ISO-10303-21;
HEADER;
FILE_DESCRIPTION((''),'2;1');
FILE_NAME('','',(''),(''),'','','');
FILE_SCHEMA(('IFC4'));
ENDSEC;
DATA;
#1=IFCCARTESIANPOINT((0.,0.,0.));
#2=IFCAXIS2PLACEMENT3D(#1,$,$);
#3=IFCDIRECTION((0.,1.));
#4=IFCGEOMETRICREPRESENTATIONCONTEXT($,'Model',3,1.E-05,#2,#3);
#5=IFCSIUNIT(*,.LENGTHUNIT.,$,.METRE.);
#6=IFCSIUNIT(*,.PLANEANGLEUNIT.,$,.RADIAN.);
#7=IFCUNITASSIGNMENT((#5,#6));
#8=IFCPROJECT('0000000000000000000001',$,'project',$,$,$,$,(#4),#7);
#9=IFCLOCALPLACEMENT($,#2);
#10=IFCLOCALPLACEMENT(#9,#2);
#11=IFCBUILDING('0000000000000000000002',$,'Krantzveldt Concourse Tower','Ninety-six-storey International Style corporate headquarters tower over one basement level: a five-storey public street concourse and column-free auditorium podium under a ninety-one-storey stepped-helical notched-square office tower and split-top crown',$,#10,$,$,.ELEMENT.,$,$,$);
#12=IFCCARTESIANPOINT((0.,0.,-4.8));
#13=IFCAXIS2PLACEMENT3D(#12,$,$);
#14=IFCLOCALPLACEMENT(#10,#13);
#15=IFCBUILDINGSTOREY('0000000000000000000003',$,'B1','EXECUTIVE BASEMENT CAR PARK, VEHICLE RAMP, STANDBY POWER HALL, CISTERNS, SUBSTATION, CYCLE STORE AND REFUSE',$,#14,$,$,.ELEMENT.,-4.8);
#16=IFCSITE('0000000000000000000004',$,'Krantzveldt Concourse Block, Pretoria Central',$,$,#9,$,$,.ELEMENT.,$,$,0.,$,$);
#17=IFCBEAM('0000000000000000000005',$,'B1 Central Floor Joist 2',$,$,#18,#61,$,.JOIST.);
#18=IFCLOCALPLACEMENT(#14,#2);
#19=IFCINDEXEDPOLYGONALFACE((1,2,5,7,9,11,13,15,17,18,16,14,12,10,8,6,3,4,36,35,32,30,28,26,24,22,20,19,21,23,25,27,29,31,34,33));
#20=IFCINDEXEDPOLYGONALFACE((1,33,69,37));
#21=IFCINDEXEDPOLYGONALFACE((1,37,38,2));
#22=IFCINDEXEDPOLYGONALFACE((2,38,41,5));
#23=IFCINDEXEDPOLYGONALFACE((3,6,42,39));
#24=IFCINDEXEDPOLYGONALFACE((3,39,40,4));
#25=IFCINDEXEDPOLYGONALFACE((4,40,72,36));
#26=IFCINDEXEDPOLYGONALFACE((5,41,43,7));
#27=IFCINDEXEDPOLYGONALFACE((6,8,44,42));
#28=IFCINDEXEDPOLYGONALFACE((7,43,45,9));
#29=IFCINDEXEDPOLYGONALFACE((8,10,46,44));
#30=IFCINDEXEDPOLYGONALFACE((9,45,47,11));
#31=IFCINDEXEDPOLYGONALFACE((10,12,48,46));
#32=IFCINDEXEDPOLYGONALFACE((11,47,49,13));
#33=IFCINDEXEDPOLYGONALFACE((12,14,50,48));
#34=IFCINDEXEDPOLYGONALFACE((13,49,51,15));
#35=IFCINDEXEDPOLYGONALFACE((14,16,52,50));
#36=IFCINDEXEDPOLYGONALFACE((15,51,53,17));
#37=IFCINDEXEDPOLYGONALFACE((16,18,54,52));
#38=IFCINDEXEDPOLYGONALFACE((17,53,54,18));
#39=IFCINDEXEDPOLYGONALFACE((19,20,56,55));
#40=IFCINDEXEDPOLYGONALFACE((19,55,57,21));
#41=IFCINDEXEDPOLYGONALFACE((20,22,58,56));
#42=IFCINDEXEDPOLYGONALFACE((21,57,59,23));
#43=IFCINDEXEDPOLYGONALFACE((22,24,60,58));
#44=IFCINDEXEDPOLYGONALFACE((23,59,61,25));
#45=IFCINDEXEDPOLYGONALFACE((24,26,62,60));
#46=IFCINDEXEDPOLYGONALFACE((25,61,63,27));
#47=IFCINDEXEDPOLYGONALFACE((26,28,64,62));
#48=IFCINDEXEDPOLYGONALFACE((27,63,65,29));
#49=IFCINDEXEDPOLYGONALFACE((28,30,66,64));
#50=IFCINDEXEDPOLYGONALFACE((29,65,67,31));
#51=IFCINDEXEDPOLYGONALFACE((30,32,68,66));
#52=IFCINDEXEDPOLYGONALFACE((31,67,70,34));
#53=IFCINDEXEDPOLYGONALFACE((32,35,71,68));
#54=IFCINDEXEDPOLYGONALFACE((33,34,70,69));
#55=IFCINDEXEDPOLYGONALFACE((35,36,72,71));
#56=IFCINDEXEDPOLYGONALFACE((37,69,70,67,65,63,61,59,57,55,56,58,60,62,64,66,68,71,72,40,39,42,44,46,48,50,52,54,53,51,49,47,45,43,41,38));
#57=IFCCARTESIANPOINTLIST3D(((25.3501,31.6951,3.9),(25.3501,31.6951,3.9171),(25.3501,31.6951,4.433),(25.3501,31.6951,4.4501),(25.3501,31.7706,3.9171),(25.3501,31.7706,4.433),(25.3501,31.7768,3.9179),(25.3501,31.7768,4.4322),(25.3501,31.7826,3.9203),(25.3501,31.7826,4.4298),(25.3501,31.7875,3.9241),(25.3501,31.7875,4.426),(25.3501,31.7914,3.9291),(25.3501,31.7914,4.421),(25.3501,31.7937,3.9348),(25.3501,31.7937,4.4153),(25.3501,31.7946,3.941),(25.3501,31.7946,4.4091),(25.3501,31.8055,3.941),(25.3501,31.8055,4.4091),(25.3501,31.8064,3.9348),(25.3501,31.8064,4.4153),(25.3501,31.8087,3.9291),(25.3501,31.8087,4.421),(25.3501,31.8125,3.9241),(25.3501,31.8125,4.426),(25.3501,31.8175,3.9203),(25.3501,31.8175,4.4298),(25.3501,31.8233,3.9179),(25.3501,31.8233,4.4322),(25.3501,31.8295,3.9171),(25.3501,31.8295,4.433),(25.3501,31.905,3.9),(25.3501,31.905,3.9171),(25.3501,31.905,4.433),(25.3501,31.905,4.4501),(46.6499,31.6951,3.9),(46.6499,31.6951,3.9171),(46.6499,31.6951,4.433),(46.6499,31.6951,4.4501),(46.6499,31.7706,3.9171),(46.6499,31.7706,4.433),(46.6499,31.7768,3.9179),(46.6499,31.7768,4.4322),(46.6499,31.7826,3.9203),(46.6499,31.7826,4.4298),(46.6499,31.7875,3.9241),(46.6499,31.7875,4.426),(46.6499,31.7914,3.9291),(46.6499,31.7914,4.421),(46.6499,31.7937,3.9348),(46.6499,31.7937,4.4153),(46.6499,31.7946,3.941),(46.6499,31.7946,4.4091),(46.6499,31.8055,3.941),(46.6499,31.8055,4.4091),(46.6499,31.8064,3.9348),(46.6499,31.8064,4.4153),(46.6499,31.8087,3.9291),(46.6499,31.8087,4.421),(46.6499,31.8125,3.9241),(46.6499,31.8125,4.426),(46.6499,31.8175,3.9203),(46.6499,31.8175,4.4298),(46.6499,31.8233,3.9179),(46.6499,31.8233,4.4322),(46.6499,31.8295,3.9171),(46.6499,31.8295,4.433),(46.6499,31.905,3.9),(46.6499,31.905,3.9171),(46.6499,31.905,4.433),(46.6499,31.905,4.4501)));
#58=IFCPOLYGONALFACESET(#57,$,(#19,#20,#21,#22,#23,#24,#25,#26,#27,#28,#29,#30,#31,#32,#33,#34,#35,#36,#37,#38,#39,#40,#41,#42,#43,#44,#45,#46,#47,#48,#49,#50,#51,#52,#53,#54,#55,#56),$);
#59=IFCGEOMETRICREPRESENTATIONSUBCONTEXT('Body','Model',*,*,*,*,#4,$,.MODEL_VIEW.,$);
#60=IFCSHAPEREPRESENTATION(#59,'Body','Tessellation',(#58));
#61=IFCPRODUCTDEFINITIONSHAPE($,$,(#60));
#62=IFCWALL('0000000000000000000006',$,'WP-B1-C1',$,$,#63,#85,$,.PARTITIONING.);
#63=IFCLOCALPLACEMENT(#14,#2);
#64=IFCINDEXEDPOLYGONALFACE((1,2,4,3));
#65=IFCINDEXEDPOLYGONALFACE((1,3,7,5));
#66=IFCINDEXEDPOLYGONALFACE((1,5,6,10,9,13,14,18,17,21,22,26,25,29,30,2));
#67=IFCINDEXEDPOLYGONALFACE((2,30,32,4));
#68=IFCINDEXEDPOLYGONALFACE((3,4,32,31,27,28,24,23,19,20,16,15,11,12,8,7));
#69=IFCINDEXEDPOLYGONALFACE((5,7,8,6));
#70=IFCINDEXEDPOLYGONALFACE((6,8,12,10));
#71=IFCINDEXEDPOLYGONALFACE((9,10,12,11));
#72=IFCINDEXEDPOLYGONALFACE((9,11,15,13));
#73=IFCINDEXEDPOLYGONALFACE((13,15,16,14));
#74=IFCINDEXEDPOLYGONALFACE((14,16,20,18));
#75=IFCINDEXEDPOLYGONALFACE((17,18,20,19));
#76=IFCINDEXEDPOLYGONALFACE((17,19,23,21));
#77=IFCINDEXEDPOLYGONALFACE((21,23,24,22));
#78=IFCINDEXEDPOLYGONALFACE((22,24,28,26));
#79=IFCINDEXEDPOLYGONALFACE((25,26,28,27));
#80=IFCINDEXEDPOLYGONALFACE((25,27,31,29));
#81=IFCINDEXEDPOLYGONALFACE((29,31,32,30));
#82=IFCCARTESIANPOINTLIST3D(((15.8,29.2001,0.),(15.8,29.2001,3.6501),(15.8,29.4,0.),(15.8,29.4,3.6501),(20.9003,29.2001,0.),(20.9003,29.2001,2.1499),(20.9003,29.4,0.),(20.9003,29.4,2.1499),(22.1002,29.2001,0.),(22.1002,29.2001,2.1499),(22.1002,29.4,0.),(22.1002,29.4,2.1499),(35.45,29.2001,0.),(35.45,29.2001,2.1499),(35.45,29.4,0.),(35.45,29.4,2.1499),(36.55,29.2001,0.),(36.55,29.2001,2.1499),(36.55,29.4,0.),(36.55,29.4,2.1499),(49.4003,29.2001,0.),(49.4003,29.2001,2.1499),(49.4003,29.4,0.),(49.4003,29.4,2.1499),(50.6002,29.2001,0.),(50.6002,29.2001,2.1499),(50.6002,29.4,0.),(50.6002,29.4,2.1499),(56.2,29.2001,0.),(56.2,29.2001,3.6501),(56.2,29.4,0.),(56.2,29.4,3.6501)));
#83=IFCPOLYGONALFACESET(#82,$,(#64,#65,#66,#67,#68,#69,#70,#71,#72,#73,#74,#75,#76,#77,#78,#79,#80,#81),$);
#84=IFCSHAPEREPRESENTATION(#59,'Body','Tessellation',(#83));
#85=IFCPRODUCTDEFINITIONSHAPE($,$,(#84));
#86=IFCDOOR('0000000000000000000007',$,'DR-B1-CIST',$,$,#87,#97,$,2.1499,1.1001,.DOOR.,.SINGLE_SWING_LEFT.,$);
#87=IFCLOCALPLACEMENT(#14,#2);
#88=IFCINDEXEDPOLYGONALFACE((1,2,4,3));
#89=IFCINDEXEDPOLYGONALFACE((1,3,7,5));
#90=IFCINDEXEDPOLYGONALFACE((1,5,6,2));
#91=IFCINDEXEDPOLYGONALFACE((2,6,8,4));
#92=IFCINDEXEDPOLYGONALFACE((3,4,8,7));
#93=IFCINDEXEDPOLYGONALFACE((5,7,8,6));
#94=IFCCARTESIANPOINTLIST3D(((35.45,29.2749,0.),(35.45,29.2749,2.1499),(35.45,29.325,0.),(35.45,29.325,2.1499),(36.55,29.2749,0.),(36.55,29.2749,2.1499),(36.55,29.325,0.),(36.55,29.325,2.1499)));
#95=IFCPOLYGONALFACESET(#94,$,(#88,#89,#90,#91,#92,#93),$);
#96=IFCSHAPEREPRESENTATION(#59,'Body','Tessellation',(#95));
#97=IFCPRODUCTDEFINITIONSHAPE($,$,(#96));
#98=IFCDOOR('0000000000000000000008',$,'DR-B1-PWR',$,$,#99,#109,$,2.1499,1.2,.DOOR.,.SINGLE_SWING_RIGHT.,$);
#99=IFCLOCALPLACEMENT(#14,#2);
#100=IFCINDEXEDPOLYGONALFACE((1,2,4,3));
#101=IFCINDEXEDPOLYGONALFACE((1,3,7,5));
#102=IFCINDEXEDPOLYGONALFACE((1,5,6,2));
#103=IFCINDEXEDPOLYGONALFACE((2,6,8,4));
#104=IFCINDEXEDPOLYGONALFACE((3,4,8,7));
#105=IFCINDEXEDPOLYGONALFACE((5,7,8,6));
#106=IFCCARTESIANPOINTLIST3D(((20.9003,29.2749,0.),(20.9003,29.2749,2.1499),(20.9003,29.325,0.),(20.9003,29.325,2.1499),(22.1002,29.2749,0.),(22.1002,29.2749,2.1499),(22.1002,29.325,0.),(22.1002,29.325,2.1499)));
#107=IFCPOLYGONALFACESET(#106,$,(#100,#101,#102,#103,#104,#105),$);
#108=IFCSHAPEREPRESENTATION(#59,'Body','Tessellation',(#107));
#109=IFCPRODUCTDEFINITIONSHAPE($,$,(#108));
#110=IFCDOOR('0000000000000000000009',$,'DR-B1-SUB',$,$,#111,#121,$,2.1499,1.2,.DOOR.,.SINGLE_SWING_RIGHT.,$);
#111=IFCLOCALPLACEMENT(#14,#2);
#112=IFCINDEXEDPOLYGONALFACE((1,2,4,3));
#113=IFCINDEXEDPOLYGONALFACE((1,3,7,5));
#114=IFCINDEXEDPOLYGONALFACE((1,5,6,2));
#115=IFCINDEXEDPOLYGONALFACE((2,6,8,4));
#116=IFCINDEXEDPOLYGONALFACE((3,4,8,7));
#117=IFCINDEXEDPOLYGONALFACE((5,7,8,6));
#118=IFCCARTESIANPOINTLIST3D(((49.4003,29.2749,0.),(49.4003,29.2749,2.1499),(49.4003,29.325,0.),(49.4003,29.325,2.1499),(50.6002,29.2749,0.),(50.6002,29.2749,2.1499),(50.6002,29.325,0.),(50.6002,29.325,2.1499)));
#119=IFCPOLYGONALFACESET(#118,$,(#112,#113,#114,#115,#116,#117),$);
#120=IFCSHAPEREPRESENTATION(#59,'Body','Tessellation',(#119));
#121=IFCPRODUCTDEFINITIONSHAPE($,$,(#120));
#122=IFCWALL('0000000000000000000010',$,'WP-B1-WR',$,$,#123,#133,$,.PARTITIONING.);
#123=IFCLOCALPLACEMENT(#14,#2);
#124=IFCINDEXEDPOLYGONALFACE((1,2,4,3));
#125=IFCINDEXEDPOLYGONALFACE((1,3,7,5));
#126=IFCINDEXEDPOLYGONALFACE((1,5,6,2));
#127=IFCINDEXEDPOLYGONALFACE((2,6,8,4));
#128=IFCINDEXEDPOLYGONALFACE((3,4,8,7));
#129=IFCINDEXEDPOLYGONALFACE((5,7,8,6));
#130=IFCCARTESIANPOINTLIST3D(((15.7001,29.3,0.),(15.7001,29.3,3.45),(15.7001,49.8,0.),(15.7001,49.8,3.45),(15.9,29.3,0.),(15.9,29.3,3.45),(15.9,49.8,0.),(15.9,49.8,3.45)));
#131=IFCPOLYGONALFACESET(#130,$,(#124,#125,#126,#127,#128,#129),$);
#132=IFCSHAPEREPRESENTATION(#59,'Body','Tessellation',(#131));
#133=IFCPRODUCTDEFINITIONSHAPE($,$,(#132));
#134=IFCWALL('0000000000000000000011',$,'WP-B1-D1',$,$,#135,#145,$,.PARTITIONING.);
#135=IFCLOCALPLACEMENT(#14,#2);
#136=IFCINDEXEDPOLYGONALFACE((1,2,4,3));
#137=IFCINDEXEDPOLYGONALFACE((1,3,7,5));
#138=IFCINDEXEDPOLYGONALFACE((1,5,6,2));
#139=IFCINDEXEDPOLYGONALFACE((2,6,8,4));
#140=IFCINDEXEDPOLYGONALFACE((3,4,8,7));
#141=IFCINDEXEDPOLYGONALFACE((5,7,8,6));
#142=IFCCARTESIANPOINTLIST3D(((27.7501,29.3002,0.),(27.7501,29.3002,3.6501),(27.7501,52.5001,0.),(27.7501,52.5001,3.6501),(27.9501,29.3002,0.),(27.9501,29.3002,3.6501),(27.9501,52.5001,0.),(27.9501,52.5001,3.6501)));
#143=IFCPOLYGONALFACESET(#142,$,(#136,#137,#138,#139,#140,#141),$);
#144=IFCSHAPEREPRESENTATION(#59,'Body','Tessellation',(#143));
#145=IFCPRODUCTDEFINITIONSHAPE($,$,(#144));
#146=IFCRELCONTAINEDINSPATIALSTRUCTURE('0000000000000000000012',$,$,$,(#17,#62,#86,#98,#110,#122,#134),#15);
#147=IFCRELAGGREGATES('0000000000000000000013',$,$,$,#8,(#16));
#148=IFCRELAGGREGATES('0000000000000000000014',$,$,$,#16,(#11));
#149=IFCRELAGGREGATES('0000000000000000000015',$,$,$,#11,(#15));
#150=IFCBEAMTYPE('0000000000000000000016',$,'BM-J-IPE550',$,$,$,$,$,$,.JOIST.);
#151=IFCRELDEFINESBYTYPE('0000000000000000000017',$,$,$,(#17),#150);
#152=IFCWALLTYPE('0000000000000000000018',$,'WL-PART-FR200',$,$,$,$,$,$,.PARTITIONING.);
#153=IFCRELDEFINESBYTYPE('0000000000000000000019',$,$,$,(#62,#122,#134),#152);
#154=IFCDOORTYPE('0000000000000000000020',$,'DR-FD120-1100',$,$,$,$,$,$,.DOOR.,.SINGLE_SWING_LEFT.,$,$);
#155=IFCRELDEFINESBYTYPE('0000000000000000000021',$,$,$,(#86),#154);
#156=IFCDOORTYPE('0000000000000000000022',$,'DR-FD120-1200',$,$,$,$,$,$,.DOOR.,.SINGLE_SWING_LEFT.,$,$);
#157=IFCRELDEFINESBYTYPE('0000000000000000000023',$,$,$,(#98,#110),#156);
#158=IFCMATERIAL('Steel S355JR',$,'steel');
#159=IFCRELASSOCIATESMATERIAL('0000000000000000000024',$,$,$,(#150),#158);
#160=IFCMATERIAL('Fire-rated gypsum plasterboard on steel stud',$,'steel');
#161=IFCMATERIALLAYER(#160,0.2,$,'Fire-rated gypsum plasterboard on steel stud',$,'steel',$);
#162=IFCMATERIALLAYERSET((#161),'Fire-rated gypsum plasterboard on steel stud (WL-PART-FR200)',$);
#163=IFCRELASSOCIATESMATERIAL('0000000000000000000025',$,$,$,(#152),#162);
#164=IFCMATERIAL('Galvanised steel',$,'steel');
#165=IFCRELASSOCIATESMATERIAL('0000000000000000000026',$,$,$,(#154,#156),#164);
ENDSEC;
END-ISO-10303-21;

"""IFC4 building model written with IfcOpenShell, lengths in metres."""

from ifc_helpers import new_model, si_unit, direction, frame, frame_2d, origin, origin_2d, place, context, subcontext, project, spatial, rectangle, i_section, extrude, source, transform, mapped, material, layer, layer_set, material_profile, profile_set, type_object, type_shapes, element, fill, save


model = new_model("IFC4")

# Units and contexts
model_context = context("Model", 3, precision=1e-05, world=origin(), true_north=direction((0.0, 1.0)))
body_context = subcontext(model_context, "Body", "Model", "MODEL_VIEW")
ifc_project = project(units=[si_unit("LENGTHUNIT", "METRE"), si_unit("PLANEANGLEUNIT", "RADIAN")], contexts=[model_context])

# Site, building, storey
site_placement = place(None, origin())
site = spatial("IfcSite", under=ifc_project, at=site_placement, Name="Krantzveldt Concourse Block, Pretoria Central", CompositionType="ELEMENT", RefElevation=0.0)
building_placement = place(site_placement, origin())
building = spatial("IfcBuilding", under=site, at=building_placement, Name="Krantzveldt Concourse Tower", Description="Ninety-six-storey International Style corporate headquarters tower over one basement level: a five-storey public street concourse and column-free auditorium podium under a ninety-one-storey stepped-helical notched-square office tower and split-top crown", CompositionType="ELEMENT")
storey_placement = place(building_placement, frame((0.0, 0.0, -4.8)))
storey = spatial("IfcBuildingStorey", under=building, at=storey_placement, Name="B1", Description="EXECUTIVE BASEMENT CAR PARK, VEHICLE RAMP, STANDBY POWER HALL, CISTERNS, SUBSTATION, CYCLE STORE AND REFUSE", CompositionType="ELEMENT", Elevation=-4.8)

# Beam
ifc_material_1 = material(Name="Steel S355JR", Category="steel")
ifc_material_profile_1 = material_profile(ifc_material_1, i_section(OverallWidth=0.21, OverallDepth=0.55, WebThickness=0.011, FlangeThickness=0.0171, FilletRadius=0.0239, at=origin_2d()), Name="Steel S355JR", Category="steel")
ifc_profile_set_1 = profile_set([ifc_material_profile_1], Name="Steel S355JR - IPE 550")
beam_type_1 = type_object("IfcBeamType", Name="BM-J-IPE550", PredefinedType="JOIST", material=ifc_profile_set_1)
shared_shape_1 = source(origin(), body_context, "Body", "SweptSolid", [
    extrude(i_section(OverallWidth=0.21, OverallDepth=0.55, WebThickness=0.011, FlangeThickness=0.0171, FilletRadius=0.0239, at=origin_2d()), origin(), (0.0, 0.0, 1.0), 21.2998),
])
type_shapes(beam_type_1, [shared_shape_1])
beam_1_placement = place(storey_placement, frame((25.3501, 31.8, 4.175), z_axis=(1.0, 0.0, 0.0), x_axis=(0.0, 1.0, 0.0)))
element("IfcBeam", 1, at=beam_1_placement, inside=storey, type_object=beam_type_1, Name="B1 Central Floor Joist 2", PredefinedType="JOIST", context=body_context, shape_type="MappedRepresentation", body=[
    mapped(shared_shape_1, transform((0.0, 0.0, 0.0), x_axis=(1.0, 0.0, 0.0), y_axis=(0.0, 1.0, 0.0), z_axis=(0.0, 0.0, 1.0), scale=1.0)),
])

# Wall, openings, doors
ifc_material_2 = material(Name="Fire-rated gypsum plasterboard on steel stud", Category="steel")
ifc_layer_1 = layer(ifc_material_2, 0.2, Name="Fire-rated gypsum plasterboard on steel stud", Category="steel")
ifc_layer_set_1 = layer_set([ifc_layer_1], Name="Fire-rated gypsum plasterboard on steel stud (WL-PART-FR200)")
wall_type_1 = type_object("IfcWallType", Name="WL-PART-FR200", PredefinedType="PARTITIONING", material=ifc_layer_set_1)
wall_1_placement = place(storey_placement, frame((15.8, 29.3, 0.0), z_axis=(0.0, 0.0, 1.0), x_axis=(1.0, 0.0, 0.0)))
wall_1 = element("IfcWall", 2, at=wall_1_placement, inside=storey, type_object=wall_type_1, Name="WP-B1-C1", PredefinedType="PARTITIONING", context=body_context, shape_type="SweptSolid", body=[
    extrude(rectangle(XDim=40.3999, YDim=0.2, at=frame_2d((20.2, 0.0))), origin(), (0.0, 0.0, 1.0), 3.6501),
])
opening_1_placement = place(wall_1_placement, frame((5.1001, 0.0, 0.0)))
opening_1 = element("IfcOpeningElement", 3, at=opening_1_placement, cuts=wall_1, PredefinedType="OPENING", context=body_context, shape_type="SweptSolid", body=[
    extrude(rectangle(XDim=1.2, YDim=2.1499, at=frame_2d((0.6001, 1.075))), frame((0.0, 0.1099, 0.0), z_axis=(0.0, -1.0, 0.0), x_axis=(1.0, 0.0, 0.0)), (0.0, 0.0, 1.0), 0.22),
])
opening_2_placement = place(wall_1_placement, frame((19.6499, 0.0, 0.0)))
opening_2 = element("IfcOpeningElement", 4, at=opening_2_placement, cuts=wall_1, PredefinedType="OPENING", context=body_context, shape_type="SweptSolid", body=[
    extrude(rectangle(XDim=1.1001, YDim=2.1499, at=frame_2d((0.55, 1.075))), frame((0.0, 0.1099, 0.0), z_axis=(0.0, -1.0, 0.0), x_axis=(1.0, 0.0, 0.0)), (0.0, 0.0, 1.0), 0.22),
])
opening_3_placement = place(wall_1_placement, frame((33.6001, 0.0, 0.0)))
opening_3 = element("IfcOpeningElement", 5, at=opening_3_placement, cuts=wall_1, PredefinedType="OPENING", context=body_context, shape_type="SweptSolid", body=[
    extrude(rectangle(XDim=1.2, YDim=2.1499, at=frame_2d((0.6001, 1.075))), frame((0.0, 0.1099, 0.0), z_axis=(0.0, -1.0, 0.0), x_axis=(1.0, 0.0, 0.0)), (0.0, 0.0, 1.0), 0.22),
])
ifc_material_3 = material(Name="Galvanised steel", Category="steel")
door_type_1 = type_object("IfcDoorType", Name="DR-FD120-1100", OperationType="SINGLE_SWING_LEFT", PredefinedType="DOOR", material=ifc_material_3)
door_1_placement = place(opening_2_placement, origin())
door_1 = element("IfcDoor", 6, at=door_1_placement, inside=storey, type_object=door_type_1, Name="DR-B1-CIST", OperationType="SINGLE_SWING_LEFT", OverallHeight=2.1499, OverallWidth=1.1001, PredefinedType="DOOR", context=body_context, shape_type="SweptSolid", body=[
    extrude(rectangle(XDim=1.1001, YDim=2.1499, at=frame_2d((0.55, 1.075))), frame((0.0, 0.0249, 0.0), z_axis=(0.0, -1.0, 0.0), x_axis=(1.0, 0.0, 0.0)), (0.0, 0.0, 1.0), 0.05),
])
fill(opening_2, door_1)
door_type_2 = type_object("IfcDoorType", Name="DR-FD120-1200", OperationType="SINGLE_SWING_LEFT", PredefinedType="DOOR", material=ifc_material_3)
door_2_placement = place(opening_1_placement, origin())
door_2 = element("IfcDoor", 7, at=door_2_placement, inside=storey, type_object=door_type_2, Name="DR-B1-PWR", OperationType="SINGLE_SWING_RIGHT", OverallHeight=2.1499, OverallWidth=1.2, PredefinedType="DOOR", context=body_context, shape_type="SweptSolid", body=[
    extrude(rectangle(XDim=1.2, YDim=2.1499, at=frame_2d((0.6001, 1.075))), frame((0.0, 0.0249, 0.0), z_axis=(0.0, -1.0, 0.0), x_axis=(1.0, 0.0, 0.0)), (0.0, 0.0, 1.0), 0.05),
])
fill(opening_1, door_2)
door_3_placement = place(opening_3_placement, origin())
door_3 = element("IfcDoor", 8, at=door_3_placement, inside=storey, type_object=door_type_2, Name="DR-B1-SUB", OperationType="SINGLE_SWING_RIGHT", OverallHeight=2.1499, OverallWidth=1.2, PredefinedType="DOOR", context=body_context, shape_type="SweptSolid", body=[
    extrude(rectangle(XDim=1.2, YDim=2.1499, at=frame_2d((0.6001, 1.075))), frame((0.0, 0.0249, 0.0), z_axis=(0.0, -1.0, 0.0), x_axis=(1.0, 0.0, 0.0)), (0.0, 0.0, 1.0), 0.05),
])
fill(opening_3, door_3)

# Walls
wall_2_placement = place(storey_placement, frame((15.8, 29.3, 0.0), z_axis=(0.0, 0.0, 1.0), x_axis=(0.0, 1.0, 0.0)))
element("IfcWall", 9, at=wall_2_placement, inside=storey, type_object=wall_type_1, Name="WP-B1-WR", PredefinedType="PARTITIONING", context=body_context, shape_type="SweptSolid", body=[
    extrude(rectangle(XDim=20.5, YDim=0.2, at=frame_2d((10.25, 0.0))), origin(), (0.0, 0.0, 1.0), 3.45),
])
wall_3_placement = place(storey_placement, frame((27.8501, 29.3, 0.0), z_axis=(0.0, 0.0, 1.0), x_axis=(0.0, 1.0, 0.0)))
element("IfcWall", 10, at=wall_3_placement, inside=storey, type_object=wall_type_1, Name="WP-B1-D1", PredefinedType="PARTITIONING", context=body_context, shape_type="SweptSolid", body=[
    extrude(rectangle(XDim=23.2, YDim=0.2, at=frame_2d((11.6001, 0.0))), origin(), (0.0, 0.0, 1.0), 3.6501),
])

save(model, "model.ifc")
